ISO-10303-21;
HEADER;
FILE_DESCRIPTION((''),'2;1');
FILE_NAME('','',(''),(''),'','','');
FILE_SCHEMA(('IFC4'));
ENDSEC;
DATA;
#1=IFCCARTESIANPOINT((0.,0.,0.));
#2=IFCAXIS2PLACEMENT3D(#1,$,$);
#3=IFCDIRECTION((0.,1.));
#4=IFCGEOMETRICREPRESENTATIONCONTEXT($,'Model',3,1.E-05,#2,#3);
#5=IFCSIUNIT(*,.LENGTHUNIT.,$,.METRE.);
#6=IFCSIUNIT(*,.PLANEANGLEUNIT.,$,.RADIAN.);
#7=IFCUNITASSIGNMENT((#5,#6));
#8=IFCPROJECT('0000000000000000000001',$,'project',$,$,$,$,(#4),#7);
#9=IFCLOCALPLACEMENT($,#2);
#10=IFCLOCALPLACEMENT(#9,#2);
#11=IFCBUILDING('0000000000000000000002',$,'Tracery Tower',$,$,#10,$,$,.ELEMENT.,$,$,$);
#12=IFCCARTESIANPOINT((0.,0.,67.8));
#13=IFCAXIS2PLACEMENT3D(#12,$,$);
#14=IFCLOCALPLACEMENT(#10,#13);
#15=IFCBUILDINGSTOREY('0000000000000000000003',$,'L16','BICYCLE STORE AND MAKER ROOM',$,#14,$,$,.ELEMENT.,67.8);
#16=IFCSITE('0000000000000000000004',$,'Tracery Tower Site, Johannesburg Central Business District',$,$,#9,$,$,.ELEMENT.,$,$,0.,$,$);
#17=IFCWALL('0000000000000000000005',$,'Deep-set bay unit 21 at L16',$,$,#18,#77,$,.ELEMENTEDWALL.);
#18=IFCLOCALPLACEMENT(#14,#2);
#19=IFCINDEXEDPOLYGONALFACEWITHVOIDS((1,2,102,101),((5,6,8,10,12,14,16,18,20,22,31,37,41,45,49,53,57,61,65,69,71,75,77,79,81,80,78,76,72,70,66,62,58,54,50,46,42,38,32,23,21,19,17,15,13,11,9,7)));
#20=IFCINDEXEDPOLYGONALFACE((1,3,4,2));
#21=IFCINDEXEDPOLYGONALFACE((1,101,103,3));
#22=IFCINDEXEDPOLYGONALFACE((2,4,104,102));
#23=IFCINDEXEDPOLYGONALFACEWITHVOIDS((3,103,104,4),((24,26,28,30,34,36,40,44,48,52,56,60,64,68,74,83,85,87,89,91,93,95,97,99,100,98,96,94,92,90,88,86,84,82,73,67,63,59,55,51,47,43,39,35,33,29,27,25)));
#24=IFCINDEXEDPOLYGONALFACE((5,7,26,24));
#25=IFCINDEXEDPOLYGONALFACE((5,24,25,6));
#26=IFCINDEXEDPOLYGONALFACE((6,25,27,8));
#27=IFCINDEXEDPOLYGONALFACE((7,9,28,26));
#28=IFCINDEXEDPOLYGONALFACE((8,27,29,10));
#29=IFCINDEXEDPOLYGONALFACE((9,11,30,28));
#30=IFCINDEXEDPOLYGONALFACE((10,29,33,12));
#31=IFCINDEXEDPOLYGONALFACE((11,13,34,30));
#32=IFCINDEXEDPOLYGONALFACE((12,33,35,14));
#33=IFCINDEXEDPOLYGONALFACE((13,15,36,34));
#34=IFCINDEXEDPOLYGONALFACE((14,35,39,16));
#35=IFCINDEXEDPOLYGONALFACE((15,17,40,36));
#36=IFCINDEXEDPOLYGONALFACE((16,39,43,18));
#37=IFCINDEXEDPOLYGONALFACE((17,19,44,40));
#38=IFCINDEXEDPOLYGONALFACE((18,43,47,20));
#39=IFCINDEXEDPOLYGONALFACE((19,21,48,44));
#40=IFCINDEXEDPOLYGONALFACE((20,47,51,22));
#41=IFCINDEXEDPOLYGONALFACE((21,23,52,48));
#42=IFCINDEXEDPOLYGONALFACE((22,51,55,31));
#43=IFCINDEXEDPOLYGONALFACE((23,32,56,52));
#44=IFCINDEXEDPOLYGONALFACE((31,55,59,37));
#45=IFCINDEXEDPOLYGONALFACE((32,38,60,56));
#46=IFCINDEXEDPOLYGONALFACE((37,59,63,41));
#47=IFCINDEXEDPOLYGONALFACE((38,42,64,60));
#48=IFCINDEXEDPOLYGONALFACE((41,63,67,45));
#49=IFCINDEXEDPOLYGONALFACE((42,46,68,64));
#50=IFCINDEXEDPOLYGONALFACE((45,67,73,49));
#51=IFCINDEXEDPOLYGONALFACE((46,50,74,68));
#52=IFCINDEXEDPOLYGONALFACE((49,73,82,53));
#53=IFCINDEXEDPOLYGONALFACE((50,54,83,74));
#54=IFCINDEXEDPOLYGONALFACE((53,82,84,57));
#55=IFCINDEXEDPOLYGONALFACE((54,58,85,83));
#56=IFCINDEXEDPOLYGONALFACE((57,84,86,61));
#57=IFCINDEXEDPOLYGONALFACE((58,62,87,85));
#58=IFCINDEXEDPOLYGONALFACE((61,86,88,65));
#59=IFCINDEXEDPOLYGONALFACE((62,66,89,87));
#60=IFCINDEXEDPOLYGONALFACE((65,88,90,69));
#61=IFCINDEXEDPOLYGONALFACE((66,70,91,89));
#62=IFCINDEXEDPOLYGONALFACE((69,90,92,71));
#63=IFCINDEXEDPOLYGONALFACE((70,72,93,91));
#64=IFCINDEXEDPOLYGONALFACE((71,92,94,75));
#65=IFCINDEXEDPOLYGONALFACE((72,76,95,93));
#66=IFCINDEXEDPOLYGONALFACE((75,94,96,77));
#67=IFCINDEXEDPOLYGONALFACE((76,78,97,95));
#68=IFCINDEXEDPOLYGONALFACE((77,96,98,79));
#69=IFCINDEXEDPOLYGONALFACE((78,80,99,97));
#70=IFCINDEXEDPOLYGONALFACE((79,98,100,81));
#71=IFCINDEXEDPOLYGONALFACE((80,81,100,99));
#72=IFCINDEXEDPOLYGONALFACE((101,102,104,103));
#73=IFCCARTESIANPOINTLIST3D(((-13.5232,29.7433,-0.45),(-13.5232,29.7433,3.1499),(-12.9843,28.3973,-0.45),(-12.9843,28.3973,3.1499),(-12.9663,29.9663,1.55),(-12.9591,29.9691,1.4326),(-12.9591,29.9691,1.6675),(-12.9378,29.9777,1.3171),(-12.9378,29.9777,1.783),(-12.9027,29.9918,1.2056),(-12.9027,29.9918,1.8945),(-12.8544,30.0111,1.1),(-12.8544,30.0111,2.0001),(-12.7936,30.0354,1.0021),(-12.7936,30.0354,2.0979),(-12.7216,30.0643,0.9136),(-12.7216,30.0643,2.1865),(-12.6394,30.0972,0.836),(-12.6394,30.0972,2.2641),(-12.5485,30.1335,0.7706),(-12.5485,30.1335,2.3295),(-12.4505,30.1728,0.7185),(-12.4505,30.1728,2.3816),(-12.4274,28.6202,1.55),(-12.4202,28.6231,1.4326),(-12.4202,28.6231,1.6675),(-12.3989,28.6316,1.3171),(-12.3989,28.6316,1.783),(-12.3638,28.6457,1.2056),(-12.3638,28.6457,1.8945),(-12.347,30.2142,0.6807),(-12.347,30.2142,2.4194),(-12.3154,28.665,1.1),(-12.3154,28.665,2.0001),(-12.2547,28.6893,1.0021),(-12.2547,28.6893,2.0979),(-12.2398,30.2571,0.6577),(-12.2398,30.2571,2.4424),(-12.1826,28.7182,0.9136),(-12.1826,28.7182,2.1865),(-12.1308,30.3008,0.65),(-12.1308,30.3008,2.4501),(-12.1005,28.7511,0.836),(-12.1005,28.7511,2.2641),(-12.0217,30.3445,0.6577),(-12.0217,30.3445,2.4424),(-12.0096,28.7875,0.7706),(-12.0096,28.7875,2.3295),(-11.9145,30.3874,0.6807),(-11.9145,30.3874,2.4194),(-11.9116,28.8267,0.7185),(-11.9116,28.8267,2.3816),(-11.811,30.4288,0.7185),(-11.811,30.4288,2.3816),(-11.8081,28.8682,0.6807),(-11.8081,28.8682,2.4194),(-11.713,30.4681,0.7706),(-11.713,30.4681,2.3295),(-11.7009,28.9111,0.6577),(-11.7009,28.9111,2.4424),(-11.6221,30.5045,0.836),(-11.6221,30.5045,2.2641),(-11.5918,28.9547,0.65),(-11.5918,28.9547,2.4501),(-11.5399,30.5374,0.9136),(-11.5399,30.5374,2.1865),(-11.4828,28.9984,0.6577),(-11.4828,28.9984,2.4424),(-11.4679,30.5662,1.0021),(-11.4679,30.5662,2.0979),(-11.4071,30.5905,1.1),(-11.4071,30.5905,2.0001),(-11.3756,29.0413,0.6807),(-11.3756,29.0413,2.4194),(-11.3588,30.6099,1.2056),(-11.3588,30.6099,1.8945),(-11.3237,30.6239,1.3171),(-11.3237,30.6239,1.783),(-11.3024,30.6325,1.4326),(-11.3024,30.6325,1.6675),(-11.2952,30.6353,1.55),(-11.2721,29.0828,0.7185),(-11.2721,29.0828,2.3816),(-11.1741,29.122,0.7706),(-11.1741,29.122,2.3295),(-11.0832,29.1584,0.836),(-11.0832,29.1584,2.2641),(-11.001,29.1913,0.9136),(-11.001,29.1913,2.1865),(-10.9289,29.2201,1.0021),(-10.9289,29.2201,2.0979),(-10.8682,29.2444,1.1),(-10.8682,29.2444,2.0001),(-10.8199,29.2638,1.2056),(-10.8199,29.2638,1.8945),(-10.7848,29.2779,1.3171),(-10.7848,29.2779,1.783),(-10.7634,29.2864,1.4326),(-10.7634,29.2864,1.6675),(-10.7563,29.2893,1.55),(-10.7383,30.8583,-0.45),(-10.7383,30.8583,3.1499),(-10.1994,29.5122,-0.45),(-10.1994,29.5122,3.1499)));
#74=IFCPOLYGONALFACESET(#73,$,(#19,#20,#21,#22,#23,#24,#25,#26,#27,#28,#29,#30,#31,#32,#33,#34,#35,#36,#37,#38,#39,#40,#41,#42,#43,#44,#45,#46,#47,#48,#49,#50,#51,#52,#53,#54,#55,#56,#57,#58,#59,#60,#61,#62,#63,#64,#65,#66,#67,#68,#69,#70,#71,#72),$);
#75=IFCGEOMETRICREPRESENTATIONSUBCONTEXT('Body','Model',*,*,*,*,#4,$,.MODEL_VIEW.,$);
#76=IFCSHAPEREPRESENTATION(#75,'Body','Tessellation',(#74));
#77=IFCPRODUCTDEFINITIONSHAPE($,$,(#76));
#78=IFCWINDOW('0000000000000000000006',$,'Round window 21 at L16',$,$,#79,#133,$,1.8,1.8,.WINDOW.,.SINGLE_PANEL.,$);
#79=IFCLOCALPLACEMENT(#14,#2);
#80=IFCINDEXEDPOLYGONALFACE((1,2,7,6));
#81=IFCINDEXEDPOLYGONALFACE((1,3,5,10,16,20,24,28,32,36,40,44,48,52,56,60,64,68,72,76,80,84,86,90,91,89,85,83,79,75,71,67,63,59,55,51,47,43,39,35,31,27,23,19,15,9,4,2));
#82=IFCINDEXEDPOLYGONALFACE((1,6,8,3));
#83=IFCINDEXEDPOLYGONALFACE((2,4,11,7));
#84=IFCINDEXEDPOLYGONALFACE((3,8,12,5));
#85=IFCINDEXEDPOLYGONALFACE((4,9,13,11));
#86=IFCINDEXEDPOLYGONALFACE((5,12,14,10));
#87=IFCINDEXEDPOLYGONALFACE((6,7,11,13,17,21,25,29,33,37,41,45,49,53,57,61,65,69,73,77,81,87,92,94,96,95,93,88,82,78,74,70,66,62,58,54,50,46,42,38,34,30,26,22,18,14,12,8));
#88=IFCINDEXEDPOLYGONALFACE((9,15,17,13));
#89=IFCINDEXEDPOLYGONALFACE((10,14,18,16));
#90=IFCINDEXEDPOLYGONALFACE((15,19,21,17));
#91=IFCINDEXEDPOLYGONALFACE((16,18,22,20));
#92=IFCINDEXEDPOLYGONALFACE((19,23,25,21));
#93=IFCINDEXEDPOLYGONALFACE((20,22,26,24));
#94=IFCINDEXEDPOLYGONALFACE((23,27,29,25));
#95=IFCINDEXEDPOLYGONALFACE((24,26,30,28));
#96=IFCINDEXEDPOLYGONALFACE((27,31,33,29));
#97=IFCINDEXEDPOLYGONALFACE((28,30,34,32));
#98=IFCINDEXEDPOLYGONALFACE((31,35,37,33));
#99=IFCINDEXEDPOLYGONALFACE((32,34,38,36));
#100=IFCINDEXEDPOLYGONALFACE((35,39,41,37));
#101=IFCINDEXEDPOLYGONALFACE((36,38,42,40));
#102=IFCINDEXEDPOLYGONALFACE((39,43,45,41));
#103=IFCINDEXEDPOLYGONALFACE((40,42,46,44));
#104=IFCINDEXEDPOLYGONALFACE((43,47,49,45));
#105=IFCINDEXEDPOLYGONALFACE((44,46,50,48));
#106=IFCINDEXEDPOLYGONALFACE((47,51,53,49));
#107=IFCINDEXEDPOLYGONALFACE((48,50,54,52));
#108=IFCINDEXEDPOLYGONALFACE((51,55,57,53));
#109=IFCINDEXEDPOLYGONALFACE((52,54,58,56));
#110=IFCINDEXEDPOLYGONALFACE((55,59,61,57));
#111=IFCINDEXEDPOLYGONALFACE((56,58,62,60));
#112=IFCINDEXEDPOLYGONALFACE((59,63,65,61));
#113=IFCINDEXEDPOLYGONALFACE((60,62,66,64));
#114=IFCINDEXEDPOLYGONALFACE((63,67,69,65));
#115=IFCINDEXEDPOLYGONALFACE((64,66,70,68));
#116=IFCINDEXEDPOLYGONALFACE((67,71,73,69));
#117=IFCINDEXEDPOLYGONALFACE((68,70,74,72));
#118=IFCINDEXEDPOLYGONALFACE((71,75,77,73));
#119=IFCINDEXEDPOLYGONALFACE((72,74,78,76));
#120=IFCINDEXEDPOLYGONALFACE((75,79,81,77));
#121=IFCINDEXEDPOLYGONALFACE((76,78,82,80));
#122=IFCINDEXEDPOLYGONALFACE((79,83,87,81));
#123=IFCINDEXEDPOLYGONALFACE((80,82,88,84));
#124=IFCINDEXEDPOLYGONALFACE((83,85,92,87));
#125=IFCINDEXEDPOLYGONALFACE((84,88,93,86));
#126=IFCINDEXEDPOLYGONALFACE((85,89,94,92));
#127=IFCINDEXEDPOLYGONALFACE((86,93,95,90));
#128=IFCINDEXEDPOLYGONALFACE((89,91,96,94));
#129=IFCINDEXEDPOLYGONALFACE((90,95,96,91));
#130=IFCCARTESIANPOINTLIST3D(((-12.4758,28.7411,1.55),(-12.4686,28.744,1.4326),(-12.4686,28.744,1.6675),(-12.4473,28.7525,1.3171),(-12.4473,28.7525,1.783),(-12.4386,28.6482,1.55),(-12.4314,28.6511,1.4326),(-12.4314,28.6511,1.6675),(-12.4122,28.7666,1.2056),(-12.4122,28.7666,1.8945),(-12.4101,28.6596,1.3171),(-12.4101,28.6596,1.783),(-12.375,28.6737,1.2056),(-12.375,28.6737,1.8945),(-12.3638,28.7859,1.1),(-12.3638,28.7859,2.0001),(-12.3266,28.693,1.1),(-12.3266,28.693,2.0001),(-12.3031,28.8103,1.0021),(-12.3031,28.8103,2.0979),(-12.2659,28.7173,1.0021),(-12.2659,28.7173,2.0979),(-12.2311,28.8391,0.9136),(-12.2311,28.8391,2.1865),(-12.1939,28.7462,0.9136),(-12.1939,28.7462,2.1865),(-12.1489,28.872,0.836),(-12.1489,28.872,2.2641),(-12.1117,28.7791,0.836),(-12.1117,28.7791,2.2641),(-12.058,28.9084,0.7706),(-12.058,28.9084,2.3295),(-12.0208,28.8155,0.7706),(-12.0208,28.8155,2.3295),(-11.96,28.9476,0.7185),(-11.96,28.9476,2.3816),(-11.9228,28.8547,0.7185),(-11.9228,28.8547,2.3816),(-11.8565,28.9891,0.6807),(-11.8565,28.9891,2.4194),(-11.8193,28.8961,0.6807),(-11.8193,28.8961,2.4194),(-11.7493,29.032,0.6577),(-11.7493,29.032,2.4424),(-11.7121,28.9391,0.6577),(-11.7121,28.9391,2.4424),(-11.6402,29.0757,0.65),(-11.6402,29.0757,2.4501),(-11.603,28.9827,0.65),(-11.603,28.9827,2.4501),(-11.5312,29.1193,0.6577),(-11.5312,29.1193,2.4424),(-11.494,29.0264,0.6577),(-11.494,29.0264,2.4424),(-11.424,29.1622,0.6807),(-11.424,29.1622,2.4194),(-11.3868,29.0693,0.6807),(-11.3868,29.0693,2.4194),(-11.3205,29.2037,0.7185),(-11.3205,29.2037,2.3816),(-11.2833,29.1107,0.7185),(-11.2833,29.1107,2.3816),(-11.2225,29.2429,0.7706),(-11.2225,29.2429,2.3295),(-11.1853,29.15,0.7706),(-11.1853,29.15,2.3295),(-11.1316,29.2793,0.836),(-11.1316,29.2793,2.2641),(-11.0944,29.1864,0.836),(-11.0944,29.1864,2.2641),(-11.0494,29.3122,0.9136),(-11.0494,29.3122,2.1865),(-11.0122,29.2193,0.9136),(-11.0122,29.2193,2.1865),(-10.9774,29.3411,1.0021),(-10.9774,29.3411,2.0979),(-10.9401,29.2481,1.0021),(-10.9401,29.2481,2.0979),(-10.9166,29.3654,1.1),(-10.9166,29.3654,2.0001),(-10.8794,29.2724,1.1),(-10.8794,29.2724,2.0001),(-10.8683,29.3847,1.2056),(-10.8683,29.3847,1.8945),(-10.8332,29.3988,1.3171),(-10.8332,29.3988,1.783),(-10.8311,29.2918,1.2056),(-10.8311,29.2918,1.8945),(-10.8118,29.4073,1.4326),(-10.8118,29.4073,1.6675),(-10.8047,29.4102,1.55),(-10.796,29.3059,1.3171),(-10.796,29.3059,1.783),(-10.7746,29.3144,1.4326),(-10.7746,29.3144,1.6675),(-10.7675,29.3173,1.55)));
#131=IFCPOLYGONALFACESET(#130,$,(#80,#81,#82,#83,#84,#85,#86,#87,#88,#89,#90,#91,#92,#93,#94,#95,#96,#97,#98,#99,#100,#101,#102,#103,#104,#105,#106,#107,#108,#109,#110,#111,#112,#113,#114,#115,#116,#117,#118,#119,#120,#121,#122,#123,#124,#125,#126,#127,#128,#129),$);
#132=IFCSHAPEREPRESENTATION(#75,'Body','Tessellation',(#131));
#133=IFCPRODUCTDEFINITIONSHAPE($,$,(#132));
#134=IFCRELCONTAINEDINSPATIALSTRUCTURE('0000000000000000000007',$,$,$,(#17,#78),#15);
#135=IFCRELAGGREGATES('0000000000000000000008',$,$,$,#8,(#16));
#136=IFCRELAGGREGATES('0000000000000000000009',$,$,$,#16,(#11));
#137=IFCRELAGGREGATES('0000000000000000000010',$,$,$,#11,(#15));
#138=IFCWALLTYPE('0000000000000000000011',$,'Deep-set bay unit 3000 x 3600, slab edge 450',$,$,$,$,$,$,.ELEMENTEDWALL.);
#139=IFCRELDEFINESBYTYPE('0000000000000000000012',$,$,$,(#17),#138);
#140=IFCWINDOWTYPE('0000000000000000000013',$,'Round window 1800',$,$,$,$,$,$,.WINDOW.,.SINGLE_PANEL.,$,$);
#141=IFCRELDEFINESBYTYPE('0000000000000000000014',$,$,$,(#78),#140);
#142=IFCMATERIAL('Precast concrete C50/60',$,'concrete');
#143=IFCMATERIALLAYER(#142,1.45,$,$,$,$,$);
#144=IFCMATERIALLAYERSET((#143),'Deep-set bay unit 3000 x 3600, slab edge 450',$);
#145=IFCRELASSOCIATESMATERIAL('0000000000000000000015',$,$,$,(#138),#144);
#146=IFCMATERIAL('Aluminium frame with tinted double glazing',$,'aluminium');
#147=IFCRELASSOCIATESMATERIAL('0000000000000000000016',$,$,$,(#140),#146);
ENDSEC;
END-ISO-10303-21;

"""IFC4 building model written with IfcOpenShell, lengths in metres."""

from ifc_helpers import new_model, si_unit, direction, frame, frame_2d, origin, origin_2d, place, context, subcontext, project, spatial, rectangle, circle, extrude, material, layer, layer_set, type_object, element, fill, save


model = new_model("IFC4")

# Units and contexts
model_context = context("Model", 3, precision=1e-05, world=origin(), true_north=direction((0.0, 1.0)))
body_context = subcontext(model_context, "Body", "Model", "MODEL_VIEW")
ifc_project = project(units=[si_unit("LENGTHUNIT", "METRE"), si_unit("PLANEANGLEUNIT", "RADIAN")], contexts=[model_context])

# Site, building, storey
site_placement = place(None, origin())
site = spatial("IfcSite", under=ifc_project, at=site_placement, Name="Tracery Tower Site, Johannesburg Central Business District", CompositionType="ELEMENT", RefElevation=0.0)
building_placement = place(site_placement, origin())
building = spatial("IfcBuilding", under=site, at=building_placement, Name="Tracery Tower", CompositionType="ELEMENT")
storey_placement = place(building_placement, frame((0.0, 0.0, 67.8)))
storey = spatial("IfcBuildingStorey", under=building, at=storey_placement, Name="L16", Description="BICYCLE STORE AND MAKER ROOM", CompositionType="ELEMENT", Elevation=67.8)

# Wall, opening, window
ifc_material_1 = material(Name="Precast concrete C50/60", Category="concrete")
ifc_layer_1 = layer(ifc_material_1, 1.45)
ifc_layer_set_1 = layer_set([ifc_layer_1], Name="Deep-set bay unit 3000 x 3600, slab edge 450")
wall_type_1 = type_object("IfcWallType", Name="Deep-set bay unit 3000 x 3600, slab edge 450", PredefinedType="ELEMENTEDWALL", material=ifc_layer_set_1)
wall_1_placement = place(storey_placement, frame((-10.4688, 30.1853, -0.45), z_axis=(0.0, 0.0, 1.0), x_axis=(-0.928359, -0.371685, 0.0)))
wall_1 = element("IfcWall", 1, at=wall_1_placement, inside=storey, type_object=wall_type_1, Name="Deep-set bay unit 21 at L16", PredefinedType="ELEMENTEDWALL", context=body_context, shape_type="SweptSolid", body=[
    extrude(rectangle(XDim=2.9998, YDim=1.45, at=frame_2d((1.5, 0.0))), origin(), (0.0, 0.0, 1.0), 3.5999),
])
opening_1_placement = place(wall_1_placement, frame((1.5, 0.0, 2.0)))
opening_1 = element("IfcOpeningElement", 2, at=opening_1_placement, cuts=wall_1, PredefinedType="OPENING", context=body_context, shape_type="SweptSolid", body=[
    extrude(circle(Radius=0.9, at=origin_2d()), frame((0.0, 0.7349, 0.0), z_axis=(0.0, -1.0, 0.0), x_axis=(1.0, 0.0, 0.0)), (0.0, 0.0, 1.0), 1.47),
])
ifc_material_2 = material(Name="Aluminium frame with tinted double glazing", Category="aluminium")
window_type = type_object("IfcWindowType", Name="Round window 1800", PartitioningType="SINGLE_PANEL", PredefinedType="WINDOW", material=ifc_material_2)
window_1_placement = place(opening_1_placement, origin())
window_1 = element("IfcWindow", 3, at=window_1_placement, inside=storey, type_object=window_type, Name="Round window 21 at L16", OverallHeight=1.8, OverallWidth=1.8, PartitioningType="SINGLE_PANEL", PredefinedType="WINDOW", context=body_context, shape_type="SweptSolid", body=[
    extrude(circle(Radius=0.9, at=origin_2d()), frame((0.0, 0.6948, 0.0), z_axis=(0.0, -1.0, 0.0), x_axis=(1.0, 0.0, 0.0)), (0.0, 0.0, 1.0), 0.1001),
])
fill(opening_1, window_1)

save(model, "model.ifc")
